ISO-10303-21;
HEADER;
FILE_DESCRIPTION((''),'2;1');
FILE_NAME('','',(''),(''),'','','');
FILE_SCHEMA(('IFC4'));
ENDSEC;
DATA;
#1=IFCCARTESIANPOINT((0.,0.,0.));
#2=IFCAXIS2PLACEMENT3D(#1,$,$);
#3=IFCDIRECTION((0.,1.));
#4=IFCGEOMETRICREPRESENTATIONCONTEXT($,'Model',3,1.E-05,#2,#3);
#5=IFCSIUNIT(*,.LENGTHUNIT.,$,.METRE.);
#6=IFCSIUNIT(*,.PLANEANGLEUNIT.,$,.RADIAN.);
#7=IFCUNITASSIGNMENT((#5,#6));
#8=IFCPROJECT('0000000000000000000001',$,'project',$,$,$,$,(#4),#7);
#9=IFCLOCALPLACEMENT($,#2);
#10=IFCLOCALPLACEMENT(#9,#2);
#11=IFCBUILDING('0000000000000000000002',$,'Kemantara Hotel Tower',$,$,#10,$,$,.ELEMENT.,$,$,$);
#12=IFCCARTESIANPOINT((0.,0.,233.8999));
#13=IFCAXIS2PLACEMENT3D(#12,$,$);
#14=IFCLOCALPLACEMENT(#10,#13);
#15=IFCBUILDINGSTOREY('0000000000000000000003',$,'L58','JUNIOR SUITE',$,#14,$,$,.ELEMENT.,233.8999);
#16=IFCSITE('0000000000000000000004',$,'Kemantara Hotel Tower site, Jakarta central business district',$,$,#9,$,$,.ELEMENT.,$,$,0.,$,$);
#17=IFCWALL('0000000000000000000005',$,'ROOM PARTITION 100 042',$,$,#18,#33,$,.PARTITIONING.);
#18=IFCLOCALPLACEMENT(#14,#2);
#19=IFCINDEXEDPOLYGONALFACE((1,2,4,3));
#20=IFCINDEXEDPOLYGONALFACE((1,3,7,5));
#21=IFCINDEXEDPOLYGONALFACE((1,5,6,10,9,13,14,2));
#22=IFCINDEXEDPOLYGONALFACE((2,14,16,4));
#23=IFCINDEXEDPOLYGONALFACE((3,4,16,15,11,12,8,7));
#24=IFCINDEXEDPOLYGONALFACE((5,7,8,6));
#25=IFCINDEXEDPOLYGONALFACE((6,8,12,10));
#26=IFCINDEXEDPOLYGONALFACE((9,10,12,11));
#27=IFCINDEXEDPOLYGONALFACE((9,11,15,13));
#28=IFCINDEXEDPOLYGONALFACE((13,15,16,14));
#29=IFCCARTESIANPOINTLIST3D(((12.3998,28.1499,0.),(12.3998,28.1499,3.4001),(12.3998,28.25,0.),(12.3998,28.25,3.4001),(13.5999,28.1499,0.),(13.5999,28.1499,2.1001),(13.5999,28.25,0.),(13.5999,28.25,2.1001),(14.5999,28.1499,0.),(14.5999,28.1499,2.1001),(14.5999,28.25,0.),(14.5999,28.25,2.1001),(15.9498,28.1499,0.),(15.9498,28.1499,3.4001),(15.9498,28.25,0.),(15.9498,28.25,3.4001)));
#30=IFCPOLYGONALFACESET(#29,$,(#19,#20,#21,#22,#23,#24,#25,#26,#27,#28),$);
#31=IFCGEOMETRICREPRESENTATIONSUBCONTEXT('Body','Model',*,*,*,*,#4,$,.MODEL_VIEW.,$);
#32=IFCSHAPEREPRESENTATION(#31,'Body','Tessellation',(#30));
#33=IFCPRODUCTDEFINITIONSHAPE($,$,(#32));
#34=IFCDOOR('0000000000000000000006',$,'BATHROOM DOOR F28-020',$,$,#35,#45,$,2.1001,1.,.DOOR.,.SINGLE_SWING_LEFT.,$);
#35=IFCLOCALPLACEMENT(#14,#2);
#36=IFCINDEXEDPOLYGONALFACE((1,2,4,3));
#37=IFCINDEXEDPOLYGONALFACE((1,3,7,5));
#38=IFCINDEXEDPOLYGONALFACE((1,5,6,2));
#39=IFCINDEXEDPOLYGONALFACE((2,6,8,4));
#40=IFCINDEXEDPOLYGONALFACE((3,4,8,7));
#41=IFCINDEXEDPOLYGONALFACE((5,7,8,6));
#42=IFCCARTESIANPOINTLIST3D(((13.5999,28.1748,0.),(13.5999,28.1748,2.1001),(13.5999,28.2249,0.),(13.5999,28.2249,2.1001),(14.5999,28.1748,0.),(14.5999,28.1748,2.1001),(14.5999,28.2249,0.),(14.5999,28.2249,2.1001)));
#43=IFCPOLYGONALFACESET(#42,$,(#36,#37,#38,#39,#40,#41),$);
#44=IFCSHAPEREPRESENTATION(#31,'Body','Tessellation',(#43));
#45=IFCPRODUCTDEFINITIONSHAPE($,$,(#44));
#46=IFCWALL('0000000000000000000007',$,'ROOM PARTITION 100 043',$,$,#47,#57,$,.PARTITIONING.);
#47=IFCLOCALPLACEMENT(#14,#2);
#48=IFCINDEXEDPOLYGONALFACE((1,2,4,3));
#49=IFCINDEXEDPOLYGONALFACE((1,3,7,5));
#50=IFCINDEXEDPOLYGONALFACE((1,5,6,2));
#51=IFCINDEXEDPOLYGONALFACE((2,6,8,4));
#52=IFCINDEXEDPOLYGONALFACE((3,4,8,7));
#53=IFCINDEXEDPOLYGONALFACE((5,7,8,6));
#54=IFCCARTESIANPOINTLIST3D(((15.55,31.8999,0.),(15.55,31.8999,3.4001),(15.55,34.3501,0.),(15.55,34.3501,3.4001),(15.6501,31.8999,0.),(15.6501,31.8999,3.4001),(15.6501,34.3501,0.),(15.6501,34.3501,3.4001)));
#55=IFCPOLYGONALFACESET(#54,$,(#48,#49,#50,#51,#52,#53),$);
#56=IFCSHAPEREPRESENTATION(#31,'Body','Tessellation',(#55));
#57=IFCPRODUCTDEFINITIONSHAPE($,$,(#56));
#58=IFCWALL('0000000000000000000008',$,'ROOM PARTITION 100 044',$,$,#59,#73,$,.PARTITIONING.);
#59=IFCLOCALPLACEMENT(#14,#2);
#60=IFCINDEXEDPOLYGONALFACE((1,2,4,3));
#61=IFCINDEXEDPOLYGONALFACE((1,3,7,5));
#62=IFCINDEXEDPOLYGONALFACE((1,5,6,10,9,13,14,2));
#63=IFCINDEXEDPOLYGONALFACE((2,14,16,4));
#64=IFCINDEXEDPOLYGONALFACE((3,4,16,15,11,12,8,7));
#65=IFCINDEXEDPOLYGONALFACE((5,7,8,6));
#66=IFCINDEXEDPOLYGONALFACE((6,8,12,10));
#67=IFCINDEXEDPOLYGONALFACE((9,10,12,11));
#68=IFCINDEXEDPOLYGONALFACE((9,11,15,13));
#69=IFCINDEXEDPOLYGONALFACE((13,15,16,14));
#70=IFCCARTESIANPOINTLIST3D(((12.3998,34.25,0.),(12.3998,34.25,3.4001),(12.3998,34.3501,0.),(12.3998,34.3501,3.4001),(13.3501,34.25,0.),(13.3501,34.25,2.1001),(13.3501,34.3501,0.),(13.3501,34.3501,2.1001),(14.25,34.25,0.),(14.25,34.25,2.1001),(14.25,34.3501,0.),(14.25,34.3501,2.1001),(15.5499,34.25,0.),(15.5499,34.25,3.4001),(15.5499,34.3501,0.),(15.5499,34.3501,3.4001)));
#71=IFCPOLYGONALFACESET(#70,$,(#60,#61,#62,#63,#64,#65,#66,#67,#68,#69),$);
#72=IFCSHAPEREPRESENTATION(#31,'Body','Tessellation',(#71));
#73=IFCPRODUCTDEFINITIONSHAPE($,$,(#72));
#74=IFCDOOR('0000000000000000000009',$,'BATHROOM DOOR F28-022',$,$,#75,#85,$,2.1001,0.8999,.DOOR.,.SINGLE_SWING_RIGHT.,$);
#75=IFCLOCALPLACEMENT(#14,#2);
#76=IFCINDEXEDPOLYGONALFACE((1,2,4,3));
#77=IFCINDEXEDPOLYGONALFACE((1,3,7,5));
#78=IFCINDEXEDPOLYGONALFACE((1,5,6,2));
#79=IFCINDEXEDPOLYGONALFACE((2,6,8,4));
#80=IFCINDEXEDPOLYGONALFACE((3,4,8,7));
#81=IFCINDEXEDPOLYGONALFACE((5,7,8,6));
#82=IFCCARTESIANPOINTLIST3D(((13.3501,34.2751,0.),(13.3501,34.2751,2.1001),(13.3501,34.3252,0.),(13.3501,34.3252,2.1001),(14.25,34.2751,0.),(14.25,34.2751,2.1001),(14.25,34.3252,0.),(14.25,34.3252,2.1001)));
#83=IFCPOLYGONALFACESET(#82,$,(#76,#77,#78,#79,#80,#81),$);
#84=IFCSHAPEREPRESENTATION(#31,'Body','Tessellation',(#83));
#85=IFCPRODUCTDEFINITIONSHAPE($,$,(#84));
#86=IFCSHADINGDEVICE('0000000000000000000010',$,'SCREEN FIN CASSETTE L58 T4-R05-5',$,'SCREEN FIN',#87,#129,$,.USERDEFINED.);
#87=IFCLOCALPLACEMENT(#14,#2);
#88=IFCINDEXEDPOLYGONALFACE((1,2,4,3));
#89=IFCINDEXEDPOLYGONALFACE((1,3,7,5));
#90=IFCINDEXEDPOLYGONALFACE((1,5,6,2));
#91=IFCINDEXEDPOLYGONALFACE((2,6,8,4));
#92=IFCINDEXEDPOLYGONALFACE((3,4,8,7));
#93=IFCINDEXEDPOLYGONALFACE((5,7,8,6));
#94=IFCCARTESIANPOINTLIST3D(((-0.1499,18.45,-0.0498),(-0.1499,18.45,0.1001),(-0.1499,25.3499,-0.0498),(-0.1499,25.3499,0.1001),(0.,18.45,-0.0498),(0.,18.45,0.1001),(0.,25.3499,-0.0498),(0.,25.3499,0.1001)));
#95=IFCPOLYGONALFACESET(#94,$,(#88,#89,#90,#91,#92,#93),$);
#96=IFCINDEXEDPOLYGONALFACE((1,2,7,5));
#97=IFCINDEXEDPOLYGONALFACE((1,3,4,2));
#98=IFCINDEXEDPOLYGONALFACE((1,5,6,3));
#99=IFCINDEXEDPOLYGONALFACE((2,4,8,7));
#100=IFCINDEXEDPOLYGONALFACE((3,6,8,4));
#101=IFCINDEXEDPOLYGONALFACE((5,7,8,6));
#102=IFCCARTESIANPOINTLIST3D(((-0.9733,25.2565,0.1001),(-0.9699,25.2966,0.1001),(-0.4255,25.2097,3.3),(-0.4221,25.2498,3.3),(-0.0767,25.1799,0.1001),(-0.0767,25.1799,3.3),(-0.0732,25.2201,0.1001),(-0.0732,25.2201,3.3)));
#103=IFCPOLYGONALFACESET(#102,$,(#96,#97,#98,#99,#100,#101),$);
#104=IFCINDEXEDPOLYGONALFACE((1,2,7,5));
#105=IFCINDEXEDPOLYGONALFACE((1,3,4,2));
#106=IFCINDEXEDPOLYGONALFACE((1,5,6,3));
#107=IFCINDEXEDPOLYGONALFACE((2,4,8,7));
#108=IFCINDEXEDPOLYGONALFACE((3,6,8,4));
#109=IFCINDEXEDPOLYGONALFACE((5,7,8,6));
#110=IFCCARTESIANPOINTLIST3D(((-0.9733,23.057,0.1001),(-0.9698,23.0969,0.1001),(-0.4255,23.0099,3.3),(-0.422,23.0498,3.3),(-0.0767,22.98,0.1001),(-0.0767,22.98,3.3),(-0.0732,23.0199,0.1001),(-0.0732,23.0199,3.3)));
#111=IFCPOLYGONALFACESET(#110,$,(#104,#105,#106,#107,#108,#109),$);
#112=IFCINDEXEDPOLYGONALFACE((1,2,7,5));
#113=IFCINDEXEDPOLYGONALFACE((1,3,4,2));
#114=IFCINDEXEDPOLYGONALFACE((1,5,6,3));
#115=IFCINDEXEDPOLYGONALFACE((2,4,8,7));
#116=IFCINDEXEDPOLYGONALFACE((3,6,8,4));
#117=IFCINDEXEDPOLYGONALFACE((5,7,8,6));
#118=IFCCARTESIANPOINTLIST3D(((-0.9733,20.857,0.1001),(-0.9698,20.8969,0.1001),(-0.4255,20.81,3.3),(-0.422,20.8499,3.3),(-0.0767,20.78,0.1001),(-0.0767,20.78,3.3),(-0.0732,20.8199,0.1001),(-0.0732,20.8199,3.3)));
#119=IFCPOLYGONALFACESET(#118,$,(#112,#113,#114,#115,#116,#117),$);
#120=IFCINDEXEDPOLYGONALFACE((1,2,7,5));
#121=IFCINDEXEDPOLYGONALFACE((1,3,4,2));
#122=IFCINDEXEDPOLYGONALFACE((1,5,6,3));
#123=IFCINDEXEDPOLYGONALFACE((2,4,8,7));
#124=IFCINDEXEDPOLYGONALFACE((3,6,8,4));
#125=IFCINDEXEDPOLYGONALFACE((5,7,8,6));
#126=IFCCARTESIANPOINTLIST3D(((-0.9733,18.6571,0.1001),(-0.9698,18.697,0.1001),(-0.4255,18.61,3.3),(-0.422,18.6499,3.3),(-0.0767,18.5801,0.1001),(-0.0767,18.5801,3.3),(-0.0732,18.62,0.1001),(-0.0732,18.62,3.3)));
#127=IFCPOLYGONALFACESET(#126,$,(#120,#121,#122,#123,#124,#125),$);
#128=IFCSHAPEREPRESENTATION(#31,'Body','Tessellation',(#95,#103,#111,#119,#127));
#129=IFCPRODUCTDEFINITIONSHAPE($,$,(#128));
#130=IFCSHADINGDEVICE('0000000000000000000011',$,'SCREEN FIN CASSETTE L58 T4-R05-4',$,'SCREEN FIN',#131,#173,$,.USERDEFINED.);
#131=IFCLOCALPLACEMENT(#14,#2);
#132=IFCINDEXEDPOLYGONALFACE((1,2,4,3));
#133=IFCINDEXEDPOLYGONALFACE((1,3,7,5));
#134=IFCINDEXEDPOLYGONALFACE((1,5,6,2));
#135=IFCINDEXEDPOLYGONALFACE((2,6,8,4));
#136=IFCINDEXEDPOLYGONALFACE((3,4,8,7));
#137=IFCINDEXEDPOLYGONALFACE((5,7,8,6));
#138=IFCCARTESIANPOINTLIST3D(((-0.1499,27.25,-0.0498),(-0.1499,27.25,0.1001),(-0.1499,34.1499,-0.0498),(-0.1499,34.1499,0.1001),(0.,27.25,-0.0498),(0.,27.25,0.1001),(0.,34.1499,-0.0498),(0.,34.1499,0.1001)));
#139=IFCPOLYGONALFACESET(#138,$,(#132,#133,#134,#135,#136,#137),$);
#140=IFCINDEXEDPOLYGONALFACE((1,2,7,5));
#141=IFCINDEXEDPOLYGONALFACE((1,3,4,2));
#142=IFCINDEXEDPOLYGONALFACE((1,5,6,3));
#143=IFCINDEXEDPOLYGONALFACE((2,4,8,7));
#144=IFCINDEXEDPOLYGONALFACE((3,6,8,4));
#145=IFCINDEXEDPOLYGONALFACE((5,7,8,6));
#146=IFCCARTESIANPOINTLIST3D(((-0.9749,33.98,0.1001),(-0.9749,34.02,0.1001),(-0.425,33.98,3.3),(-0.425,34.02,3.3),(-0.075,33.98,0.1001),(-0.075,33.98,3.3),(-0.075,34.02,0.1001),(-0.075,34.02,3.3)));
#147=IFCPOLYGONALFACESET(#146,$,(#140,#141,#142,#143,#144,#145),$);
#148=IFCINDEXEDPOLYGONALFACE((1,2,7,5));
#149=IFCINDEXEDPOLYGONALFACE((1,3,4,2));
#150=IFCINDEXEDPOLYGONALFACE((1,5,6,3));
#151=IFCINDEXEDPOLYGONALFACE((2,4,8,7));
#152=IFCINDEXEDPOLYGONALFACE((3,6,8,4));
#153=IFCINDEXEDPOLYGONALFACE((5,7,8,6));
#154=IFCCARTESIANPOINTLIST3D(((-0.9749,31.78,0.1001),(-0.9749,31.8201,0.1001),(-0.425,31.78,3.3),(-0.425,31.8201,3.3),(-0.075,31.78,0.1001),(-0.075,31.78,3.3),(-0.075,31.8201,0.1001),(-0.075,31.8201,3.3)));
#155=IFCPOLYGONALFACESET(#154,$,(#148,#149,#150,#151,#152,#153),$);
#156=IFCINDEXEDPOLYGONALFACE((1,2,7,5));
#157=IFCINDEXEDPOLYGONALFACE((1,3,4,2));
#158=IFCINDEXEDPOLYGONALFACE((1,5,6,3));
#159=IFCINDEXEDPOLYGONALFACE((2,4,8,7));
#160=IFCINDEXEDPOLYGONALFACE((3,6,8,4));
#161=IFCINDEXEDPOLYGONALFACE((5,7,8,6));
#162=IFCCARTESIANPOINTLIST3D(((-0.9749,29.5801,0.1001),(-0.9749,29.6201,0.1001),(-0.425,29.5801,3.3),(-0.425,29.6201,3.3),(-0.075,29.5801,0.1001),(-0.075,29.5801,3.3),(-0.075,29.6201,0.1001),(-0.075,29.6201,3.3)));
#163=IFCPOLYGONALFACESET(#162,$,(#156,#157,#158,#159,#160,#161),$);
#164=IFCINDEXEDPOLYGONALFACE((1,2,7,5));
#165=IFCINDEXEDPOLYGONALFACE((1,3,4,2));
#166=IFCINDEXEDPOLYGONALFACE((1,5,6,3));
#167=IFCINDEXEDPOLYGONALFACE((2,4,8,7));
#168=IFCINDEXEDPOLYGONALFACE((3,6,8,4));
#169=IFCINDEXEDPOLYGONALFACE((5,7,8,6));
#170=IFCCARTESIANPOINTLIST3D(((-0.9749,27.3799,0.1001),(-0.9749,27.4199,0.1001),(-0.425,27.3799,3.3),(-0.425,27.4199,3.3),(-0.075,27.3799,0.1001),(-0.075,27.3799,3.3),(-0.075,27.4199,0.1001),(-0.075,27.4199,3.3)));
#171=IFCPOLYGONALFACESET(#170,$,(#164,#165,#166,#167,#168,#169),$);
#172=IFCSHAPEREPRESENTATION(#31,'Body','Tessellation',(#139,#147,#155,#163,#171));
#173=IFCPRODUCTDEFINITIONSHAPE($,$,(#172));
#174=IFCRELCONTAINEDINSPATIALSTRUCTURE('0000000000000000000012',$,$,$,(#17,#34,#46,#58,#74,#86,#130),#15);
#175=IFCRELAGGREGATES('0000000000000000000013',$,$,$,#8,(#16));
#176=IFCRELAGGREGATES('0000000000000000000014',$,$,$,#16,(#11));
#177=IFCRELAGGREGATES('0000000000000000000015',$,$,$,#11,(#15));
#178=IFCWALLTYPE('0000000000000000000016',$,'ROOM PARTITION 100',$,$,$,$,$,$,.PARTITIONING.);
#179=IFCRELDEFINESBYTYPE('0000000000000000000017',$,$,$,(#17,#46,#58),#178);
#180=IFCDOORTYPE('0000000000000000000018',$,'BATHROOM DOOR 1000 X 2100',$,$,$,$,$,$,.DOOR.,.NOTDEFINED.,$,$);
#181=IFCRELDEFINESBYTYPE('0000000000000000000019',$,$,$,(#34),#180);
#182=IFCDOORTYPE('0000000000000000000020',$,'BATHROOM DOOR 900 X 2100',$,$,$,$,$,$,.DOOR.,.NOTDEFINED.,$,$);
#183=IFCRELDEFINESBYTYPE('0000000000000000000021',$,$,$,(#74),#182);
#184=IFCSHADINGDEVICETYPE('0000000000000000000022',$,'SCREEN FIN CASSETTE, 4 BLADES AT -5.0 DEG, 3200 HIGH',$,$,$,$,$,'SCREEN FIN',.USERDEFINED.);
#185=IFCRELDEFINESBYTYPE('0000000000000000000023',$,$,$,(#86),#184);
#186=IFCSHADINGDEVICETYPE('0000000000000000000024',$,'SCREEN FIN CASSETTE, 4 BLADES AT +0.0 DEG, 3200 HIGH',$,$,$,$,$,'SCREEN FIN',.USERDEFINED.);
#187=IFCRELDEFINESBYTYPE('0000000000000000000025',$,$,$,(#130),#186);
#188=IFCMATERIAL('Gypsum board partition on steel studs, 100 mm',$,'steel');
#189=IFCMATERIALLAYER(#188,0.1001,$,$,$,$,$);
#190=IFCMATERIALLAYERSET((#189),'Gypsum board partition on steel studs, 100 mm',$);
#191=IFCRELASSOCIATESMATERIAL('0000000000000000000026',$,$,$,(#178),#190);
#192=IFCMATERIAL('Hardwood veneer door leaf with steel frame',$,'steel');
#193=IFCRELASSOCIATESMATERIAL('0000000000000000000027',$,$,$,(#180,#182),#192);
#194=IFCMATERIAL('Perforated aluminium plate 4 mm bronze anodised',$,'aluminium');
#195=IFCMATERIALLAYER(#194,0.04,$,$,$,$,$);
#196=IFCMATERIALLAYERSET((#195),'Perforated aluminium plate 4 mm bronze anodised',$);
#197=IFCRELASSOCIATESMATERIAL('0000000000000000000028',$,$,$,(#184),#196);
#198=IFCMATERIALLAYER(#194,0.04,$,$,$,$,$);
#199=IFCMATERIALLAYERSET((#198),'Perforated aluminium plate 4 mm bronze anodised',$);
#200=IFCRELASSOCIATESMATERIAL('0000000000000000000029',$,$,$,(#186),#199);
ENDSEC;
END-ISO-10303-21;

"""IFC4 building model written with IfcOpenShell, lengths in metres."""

from ifc_helpers import new_model, si_unit, direction, frame, frame_2d, origin, origin_2d, place, context, subcontext, project, spatial, polyline, rectangle, outline, extrude, source, transform, mapped, material, layer, layer_set, type_object, element, fill, save


model = new_model("IFC4")

# Units and contexts
model_context = context("Model", 3, precision=1e-05, world=origin(), true_north=direction((0.0, 1.0)))
body_context = subcontext(model_context, "Body", "Model", "MODEL_VIEW")
ifc_project = project(units=[si_unit("LENGTHUNIT", "METRE"), si_unit("PLANEANGLEUNIT", "RADIAN")], contexts=[model_context])

# Site, building, storey
site_placement = place(None, origin())
site = spatial("IfcSite", under=ifc_project, at=site_placement, Name="Kemantara Hotel Tower site, Jakarta central business district", CompositionType="ELEMENT", RefElevation=0.0)
building_placement = place(site_placement, origin())
building = spatial("IfcBuilding", under=site, at=building_placement, Name="Kemantara Hotel Tower", CompositionType="ELEMENT")
storey_placement = place(building_placement, frame((0.0, 0.0, 233.8999)))
storey = spatial("IfcBuildingStorey", under=building, at=storey_placement, Name="L58", Description="JUNIOR SUITE", CompositionType="ELEMENT", Elevation=233.8999)

# Shared definitions
ifc_material_1 = material(Name="Hardwood veneer door leaf with steel frame", Category="steel")

# Shared definitions
ifc_material_2 = material(Name="Gypsum board partition on steel studs, 100 mm", Category="steel")
ifc_layer_1 = layer(ifc_material_2, 0.1001)
ifc_layer_set_1 = layer_set([ifc_layer_1], Name="Gypsum board partition on steel studs, 100 mm")
wall_type_1 = type_object("IfcWallType", Name="ROOM PARTITION 100", PredefinedType="PARTITIONING", material=ifc_layer_set_1)

# Wall, opening, door
wall_1_placement = place(storey_placement, frame((12.3999, 28.2, 0.0), z_axis=(0.0, 0.0, 1.0), x_axis=(1.0, 0.0, 0.0)))
wall_1 = element("IfcWall", 1, at=wall_1_placement, inside=storey, type_object=wall_type_1, Name="ROOM PARTITION 100 042", PredefinedType="PARTITIONING", context=body_context, shape_type="SweptSolid", body=[
    extrude(rectangle(XDim=3.55, YDim=0.1001, at=frame_2d((1.7749, 0.0))), origin(), (0.0, 0.0, 1.0), 3.4001),
])
opening_1_placement = place(wall_1_placement, frame((1.2, 0.0, 0.0)))
opening_1 = element("IfcOpeningElement", 2, at=opening_1_placement, cuts=wall_1, PredefinedType="OPENING", context=body_context, shape_type="SweptSolid", body=[
    extrude(rectangle(XDim=1.0, YDim=2.1001, at=frame_2d((0.5, 1.05))), frame((0.0, 0.0601, 0.0), z_axis=(0.0, -1.0, 0.0), x_axis=(1.0, 0.0, 0.0)), (0.0, 0.0, 1.0), 0.1201),
])
door_type_1 = type_object("IfcDoorType", Name="BATHROOM DOOR 1000 X 2100", OperationType="NOTDEFINED", PredefinedType="DOOR", material=ifc_material_1)
door_1_placement = place(opening_1_placement, origin())
door_1 = element("IfcDoor", 3, at=door_1_placement, inside=storey, type_object=door_type_1, Name="BATHROOM DOOR F28-020", OperationType="SINGLE_SWING_LEFT", OverallHeight=2.1001, OverallWidth=1.0, PredefinedType="DOOR", context=body_context, shape_type="SweptSolid", body=[
    extrude(rectangle(XDim=1.0, YDim=2.1001, at=frame_2d((0.5, 1.05))), frame((0.0, 0.0249, 0.0), z_axis=(0.0, -1.0, 0.0), x_axis=(1.0, 0.0, 0.0)), (0.0, 0.0, 1.0), 0.05),
])
fill(opening_1, door_1)

# Wall
wall_2_placement = place(storey_placement, frame((15.6001, 31.8999, 0.0), z_axis=(0.0, 0.0, 1.0), x_axis=(0.0, 1.0, 0.0)))
element("IfcWall", 4, at=wall_2_placement, inside=storey, type_object=wall_type_1, Name="ROOM PARTITION 100 043", PredefinedType="PARTITIONING", context=body_context, shape_type="SweptSolid", body=[
    extrude(rectangle(XDim=2.4502, YDim=0.1001, at=frame_2d((1.2251, 0.0))), origin(), (0.0, 0.0, 1.0), 3.4001),
])

# Wall, opening, door
wall_3_placement = place(storey_placement, frame((15.55, 34.3, 0.0), z_axis=(0.0, 0.0, 1.0), x_axis=(-1.0, 0.0, 0.0)))
wall_3 = element("IfcWall", 5, at=wall_3_placement, inside=storey, type_object=wall_type_1, Name="ROOM PARTITION 100 044", PredefinedType="PARTITIONING", context=body_context, shape_type="SweptSolid", body=[
    extrude(rectangle(XDim=3.1501, YDim=0.1001, at=frame_2d((1.5752, 0.0))), origin(), (0.0, 0.0, 1.0), 3.4001),
])
opening_2_placement = place(wall_3_placement, frame((1.3, 0.0, 0.0)))
opening_2 = element("IfcOpeningElement", 6, at=opening_2_placement, cuts=wall_3, PredefinedType="OPENING", context=body_context, shape_type="SweptSolid", body=[
    extrude(rectangle(XDim=0.8999, YDim=2.1001, at=frame_2d((0.45, 1.05))), frame((0.0, 0.0601, 0.0), z_axis=(0.0, -1.0, 0.0), x_axis=(1.0, 0.0, 0.0)), (0.0, 0.0, 1.0), 0.1201),
])
door_type_2 = type_object("IfcDoorType", Name="BATHROOM DOOR 900 X 2100", OperationType="NOTDEFINED", PredefinedType="DOOR", material=ifc_material_1)
door_2_placement = place(opening_2_placement, origin())
door_2 = element("IfcDoor", 7, at=door_2_placement, inside=storey, type_object=door_type_2, Name="BATHROOM DOOR F28-022", OperationType="SINGLE_SWING_RIGHT", OverallHeight=2.1001, OverallWidth=0.8999, PredefinedType="DOOR", context=body_context, shape_type="SweptSolid", body=[
    extrude(rectangle(XDim=0.8999, YDim=2.1001, at=frame_2d((0.45, 1.05))), frame((0.0, 0.0249, 0.0), z_axis=(0.0, -1.0, 0.0), x_axis=(1.0, 0.0, 0.0)), (0.0, 0.0, 1.0), 0.05),
])
fill(opening_2, door_2)

# Shading devices
ifc_material_3 = material(Name="Perforated aluminium plate 4 mm bronze anodised", Category="aluminium")
ifc_layer_2 = layer(ifc_material_3, 0.04)
ifc_layer_set_2 = layer_set([ifc_layer_2], Name="Perforated aluminium plate 4 mm bronze anodised")
shading_device_type_1 = type_object("IfcShadingDeviceType", Name="SCREEN FIN CASSETTE, 4 BLADES AT -5.0 DEG, 3200 HIGH", ElementType="SCREEN FIN", PredefinedType="USERDEFINED", material=ifc_layer_set_2)
shared_shape_1 = source(origin(), body_context, "Body", "SweptSolid", [
    extrude(rectangle(XDim=6.8999, YDim=0.1499, at=origin_2d()), frame((3.3, -0.075, -0.1499), z_axis=(0.0, 0.0, 1.0), x_axis=(1.0, 0.0, 0.0)), (0.0, 0.0, 1.0), 0.1499),
    extrude(outline(polyline([(0.0, 0.0), (0.8999, 0.0), (0.3501, 3.2), (0.0, 3.2), (0.0, 0.0)])), frame((0.02, -0.0767, 0.0), z_axis=(-0.996376, 0.085056, 0.0), x_axis=(-0.085056, -0.996376, 0.0)), (0.0, 0.0, 1.0), 0.0403),
    extrude(outline(polyline([(0.0, 0.0), (0.8999, 0.0), (0.3501, 3.2), (0.0, 3.2), (0.0, 0.0)])), frame((2.22, -0.0767, 0.0), z_axis=(-0.996332, 0.085575, 0.0), x_axis=(-0.085575, -0.996332, 0.0)), (0.0, 0.0, 1.0), 0.04),
    extrude(outline(polyline([(0.0, 0.0), (0.8999, 0.0), (0.3501, 3.2), (0.0, 3.2), (0.0, 0.0)])), frame((4.4199, -0.0767, 0.0), z_axis=(-0.996332, 0.085575, 0.0), x_axis=(-0.085575, -0.996332, 0.0)), (0.0, 0.0, 1.0), 0.04),
    extrude(outline(polyline([(0.0, 0.0), (0.8999, 0.0), (0.3501, 3.2), (0.0, 3.2), (0.0, 0.0)])), frame((6.6199, -0.0767, 0.0), z_axis=(-0.996332, 0.085575, 0.0), x_axis=(-0.085575, -0.996332, 0.0)), (0.0, 0.0, 1.0), 0.04),
])
shading_device_1_placement = place(storey_placement, frame((0.0, 25.2, 0.1001), z_axis=(0.0, 0.0, 1.0), x_axis=(0.0, -1.0, 0.0)))
element("IfcShadingDevice", 8, at=shading_device_1_placement, inside=storey, type_object=shading_device_type_1, Name="SCREEN FIN CASSETTE L58 T4-R05-5", ObjectType="SCREEN FIN", PredefinedType="USERDEFINED", context=body_context, shape_type="MappedRepresentation", body=[
    mapped(shared_shape_1, transform((0.0, 0.0, 0.0))),
])
ifc_layer_3 = layer(ifc_material_3, 0.04)
ifc_layer_set_3 = layer_set([ifc_layer_3], Name="Perforated aluminium plate 4 mm bronze anodised")
shading_device_type_2 = type_object("IfcShadingDeviceType", Name="SCREEN FIN CASSETTE, 4 BLADES AT +0.0 DEG, 3200 HIGH", ElementType="SCREEN FIN", PredefinedType="USERDEFINED", material=ifc_layer_set_3)
shared_shape_2 = source(origin(), body_context, "Body", "SweptSolid", [
    extrude(rectangle(XDim=6.8999, YDim=0.1499, at=origin_2d()), frame((3.3, -0.075, -0.1499), z_axis=(0.0, 0.0, 1.0), x_axis=(1.0, 0.0, 0.0)), (0.0, 0.0, 1.0), 0.1499),
    extrude(outline(polyline([(0.0, 0.0), (0.8999, 0.0), (0.3501, 3.2), (0.0, 3.2), (0.0, 0.0)])), frame((0.02, -0.075, 0.0), z_axis=(-1.0, 0.0, 0.0), x_axis=(0.0, -1.0, 0.0)), (0.0, 0.0, 1.0), 0.04),
    extrude(outline(polyline([(0.0, 0.0), (0.8999, 0.0), (0.3501, 3.2), (0.0, 3.2), (0.0, 0.0)])), frame((2.22, -0.075, 0.0), z_axis=(-1.0, 0.0, 0.0), x_axis=(0.0, -1.0, 0.0)), (0.0, 0.0, 1.0), 0.04),
    extrude(outline(polyline([(0.0, 0.0), (0.8999, 0.0), (0.3501, 3.2), (0.0, 3.2), (0.0, 0.0)])), frame((4.4199, -0.075, 0.0), z_axis=(-1.0, 0.0, 0.0), x_axis=(0.0, -1.0, 0.0)), (0.0, 0.0, 1.0), 0.04),
    extrude(outline(polyline([(0.0, 0.0), (0.8999, 0.0), (0.3501, 3.2), (0.0, 3.2), (0.0, 0.0)])), frame((6.6201, -0.075, 0.0), z_axis=(-1.0, 0.0, 0.0), x_axis=(0.0, -1.0, 0.0)), (0.0, 0.0, 1.0), 0.04),
])
shading_device_2_placement = place(storey_placement, frame((0.0, 34.0, 0.1001), z_axis=(0.0, 0.0, 1.0), x_axis=(0.0, -1.0, 0.0)))
element("IfcShadingDevice", 9, at=shading_device_2_placement, inside=storey, type_object=shading_device_type_2, Name="SCREEN FIN CASSETTE L58 T4-R05-4", ObjectType="SCREEN FIN", PredefinedType="USERDEFINED", context=body_context, shape_type="MappedRepresentation", body=[
    mapped(shared_shape_2, transform((0.0, 0.0, 0.0))),
])

save(model, "model.ifc")
